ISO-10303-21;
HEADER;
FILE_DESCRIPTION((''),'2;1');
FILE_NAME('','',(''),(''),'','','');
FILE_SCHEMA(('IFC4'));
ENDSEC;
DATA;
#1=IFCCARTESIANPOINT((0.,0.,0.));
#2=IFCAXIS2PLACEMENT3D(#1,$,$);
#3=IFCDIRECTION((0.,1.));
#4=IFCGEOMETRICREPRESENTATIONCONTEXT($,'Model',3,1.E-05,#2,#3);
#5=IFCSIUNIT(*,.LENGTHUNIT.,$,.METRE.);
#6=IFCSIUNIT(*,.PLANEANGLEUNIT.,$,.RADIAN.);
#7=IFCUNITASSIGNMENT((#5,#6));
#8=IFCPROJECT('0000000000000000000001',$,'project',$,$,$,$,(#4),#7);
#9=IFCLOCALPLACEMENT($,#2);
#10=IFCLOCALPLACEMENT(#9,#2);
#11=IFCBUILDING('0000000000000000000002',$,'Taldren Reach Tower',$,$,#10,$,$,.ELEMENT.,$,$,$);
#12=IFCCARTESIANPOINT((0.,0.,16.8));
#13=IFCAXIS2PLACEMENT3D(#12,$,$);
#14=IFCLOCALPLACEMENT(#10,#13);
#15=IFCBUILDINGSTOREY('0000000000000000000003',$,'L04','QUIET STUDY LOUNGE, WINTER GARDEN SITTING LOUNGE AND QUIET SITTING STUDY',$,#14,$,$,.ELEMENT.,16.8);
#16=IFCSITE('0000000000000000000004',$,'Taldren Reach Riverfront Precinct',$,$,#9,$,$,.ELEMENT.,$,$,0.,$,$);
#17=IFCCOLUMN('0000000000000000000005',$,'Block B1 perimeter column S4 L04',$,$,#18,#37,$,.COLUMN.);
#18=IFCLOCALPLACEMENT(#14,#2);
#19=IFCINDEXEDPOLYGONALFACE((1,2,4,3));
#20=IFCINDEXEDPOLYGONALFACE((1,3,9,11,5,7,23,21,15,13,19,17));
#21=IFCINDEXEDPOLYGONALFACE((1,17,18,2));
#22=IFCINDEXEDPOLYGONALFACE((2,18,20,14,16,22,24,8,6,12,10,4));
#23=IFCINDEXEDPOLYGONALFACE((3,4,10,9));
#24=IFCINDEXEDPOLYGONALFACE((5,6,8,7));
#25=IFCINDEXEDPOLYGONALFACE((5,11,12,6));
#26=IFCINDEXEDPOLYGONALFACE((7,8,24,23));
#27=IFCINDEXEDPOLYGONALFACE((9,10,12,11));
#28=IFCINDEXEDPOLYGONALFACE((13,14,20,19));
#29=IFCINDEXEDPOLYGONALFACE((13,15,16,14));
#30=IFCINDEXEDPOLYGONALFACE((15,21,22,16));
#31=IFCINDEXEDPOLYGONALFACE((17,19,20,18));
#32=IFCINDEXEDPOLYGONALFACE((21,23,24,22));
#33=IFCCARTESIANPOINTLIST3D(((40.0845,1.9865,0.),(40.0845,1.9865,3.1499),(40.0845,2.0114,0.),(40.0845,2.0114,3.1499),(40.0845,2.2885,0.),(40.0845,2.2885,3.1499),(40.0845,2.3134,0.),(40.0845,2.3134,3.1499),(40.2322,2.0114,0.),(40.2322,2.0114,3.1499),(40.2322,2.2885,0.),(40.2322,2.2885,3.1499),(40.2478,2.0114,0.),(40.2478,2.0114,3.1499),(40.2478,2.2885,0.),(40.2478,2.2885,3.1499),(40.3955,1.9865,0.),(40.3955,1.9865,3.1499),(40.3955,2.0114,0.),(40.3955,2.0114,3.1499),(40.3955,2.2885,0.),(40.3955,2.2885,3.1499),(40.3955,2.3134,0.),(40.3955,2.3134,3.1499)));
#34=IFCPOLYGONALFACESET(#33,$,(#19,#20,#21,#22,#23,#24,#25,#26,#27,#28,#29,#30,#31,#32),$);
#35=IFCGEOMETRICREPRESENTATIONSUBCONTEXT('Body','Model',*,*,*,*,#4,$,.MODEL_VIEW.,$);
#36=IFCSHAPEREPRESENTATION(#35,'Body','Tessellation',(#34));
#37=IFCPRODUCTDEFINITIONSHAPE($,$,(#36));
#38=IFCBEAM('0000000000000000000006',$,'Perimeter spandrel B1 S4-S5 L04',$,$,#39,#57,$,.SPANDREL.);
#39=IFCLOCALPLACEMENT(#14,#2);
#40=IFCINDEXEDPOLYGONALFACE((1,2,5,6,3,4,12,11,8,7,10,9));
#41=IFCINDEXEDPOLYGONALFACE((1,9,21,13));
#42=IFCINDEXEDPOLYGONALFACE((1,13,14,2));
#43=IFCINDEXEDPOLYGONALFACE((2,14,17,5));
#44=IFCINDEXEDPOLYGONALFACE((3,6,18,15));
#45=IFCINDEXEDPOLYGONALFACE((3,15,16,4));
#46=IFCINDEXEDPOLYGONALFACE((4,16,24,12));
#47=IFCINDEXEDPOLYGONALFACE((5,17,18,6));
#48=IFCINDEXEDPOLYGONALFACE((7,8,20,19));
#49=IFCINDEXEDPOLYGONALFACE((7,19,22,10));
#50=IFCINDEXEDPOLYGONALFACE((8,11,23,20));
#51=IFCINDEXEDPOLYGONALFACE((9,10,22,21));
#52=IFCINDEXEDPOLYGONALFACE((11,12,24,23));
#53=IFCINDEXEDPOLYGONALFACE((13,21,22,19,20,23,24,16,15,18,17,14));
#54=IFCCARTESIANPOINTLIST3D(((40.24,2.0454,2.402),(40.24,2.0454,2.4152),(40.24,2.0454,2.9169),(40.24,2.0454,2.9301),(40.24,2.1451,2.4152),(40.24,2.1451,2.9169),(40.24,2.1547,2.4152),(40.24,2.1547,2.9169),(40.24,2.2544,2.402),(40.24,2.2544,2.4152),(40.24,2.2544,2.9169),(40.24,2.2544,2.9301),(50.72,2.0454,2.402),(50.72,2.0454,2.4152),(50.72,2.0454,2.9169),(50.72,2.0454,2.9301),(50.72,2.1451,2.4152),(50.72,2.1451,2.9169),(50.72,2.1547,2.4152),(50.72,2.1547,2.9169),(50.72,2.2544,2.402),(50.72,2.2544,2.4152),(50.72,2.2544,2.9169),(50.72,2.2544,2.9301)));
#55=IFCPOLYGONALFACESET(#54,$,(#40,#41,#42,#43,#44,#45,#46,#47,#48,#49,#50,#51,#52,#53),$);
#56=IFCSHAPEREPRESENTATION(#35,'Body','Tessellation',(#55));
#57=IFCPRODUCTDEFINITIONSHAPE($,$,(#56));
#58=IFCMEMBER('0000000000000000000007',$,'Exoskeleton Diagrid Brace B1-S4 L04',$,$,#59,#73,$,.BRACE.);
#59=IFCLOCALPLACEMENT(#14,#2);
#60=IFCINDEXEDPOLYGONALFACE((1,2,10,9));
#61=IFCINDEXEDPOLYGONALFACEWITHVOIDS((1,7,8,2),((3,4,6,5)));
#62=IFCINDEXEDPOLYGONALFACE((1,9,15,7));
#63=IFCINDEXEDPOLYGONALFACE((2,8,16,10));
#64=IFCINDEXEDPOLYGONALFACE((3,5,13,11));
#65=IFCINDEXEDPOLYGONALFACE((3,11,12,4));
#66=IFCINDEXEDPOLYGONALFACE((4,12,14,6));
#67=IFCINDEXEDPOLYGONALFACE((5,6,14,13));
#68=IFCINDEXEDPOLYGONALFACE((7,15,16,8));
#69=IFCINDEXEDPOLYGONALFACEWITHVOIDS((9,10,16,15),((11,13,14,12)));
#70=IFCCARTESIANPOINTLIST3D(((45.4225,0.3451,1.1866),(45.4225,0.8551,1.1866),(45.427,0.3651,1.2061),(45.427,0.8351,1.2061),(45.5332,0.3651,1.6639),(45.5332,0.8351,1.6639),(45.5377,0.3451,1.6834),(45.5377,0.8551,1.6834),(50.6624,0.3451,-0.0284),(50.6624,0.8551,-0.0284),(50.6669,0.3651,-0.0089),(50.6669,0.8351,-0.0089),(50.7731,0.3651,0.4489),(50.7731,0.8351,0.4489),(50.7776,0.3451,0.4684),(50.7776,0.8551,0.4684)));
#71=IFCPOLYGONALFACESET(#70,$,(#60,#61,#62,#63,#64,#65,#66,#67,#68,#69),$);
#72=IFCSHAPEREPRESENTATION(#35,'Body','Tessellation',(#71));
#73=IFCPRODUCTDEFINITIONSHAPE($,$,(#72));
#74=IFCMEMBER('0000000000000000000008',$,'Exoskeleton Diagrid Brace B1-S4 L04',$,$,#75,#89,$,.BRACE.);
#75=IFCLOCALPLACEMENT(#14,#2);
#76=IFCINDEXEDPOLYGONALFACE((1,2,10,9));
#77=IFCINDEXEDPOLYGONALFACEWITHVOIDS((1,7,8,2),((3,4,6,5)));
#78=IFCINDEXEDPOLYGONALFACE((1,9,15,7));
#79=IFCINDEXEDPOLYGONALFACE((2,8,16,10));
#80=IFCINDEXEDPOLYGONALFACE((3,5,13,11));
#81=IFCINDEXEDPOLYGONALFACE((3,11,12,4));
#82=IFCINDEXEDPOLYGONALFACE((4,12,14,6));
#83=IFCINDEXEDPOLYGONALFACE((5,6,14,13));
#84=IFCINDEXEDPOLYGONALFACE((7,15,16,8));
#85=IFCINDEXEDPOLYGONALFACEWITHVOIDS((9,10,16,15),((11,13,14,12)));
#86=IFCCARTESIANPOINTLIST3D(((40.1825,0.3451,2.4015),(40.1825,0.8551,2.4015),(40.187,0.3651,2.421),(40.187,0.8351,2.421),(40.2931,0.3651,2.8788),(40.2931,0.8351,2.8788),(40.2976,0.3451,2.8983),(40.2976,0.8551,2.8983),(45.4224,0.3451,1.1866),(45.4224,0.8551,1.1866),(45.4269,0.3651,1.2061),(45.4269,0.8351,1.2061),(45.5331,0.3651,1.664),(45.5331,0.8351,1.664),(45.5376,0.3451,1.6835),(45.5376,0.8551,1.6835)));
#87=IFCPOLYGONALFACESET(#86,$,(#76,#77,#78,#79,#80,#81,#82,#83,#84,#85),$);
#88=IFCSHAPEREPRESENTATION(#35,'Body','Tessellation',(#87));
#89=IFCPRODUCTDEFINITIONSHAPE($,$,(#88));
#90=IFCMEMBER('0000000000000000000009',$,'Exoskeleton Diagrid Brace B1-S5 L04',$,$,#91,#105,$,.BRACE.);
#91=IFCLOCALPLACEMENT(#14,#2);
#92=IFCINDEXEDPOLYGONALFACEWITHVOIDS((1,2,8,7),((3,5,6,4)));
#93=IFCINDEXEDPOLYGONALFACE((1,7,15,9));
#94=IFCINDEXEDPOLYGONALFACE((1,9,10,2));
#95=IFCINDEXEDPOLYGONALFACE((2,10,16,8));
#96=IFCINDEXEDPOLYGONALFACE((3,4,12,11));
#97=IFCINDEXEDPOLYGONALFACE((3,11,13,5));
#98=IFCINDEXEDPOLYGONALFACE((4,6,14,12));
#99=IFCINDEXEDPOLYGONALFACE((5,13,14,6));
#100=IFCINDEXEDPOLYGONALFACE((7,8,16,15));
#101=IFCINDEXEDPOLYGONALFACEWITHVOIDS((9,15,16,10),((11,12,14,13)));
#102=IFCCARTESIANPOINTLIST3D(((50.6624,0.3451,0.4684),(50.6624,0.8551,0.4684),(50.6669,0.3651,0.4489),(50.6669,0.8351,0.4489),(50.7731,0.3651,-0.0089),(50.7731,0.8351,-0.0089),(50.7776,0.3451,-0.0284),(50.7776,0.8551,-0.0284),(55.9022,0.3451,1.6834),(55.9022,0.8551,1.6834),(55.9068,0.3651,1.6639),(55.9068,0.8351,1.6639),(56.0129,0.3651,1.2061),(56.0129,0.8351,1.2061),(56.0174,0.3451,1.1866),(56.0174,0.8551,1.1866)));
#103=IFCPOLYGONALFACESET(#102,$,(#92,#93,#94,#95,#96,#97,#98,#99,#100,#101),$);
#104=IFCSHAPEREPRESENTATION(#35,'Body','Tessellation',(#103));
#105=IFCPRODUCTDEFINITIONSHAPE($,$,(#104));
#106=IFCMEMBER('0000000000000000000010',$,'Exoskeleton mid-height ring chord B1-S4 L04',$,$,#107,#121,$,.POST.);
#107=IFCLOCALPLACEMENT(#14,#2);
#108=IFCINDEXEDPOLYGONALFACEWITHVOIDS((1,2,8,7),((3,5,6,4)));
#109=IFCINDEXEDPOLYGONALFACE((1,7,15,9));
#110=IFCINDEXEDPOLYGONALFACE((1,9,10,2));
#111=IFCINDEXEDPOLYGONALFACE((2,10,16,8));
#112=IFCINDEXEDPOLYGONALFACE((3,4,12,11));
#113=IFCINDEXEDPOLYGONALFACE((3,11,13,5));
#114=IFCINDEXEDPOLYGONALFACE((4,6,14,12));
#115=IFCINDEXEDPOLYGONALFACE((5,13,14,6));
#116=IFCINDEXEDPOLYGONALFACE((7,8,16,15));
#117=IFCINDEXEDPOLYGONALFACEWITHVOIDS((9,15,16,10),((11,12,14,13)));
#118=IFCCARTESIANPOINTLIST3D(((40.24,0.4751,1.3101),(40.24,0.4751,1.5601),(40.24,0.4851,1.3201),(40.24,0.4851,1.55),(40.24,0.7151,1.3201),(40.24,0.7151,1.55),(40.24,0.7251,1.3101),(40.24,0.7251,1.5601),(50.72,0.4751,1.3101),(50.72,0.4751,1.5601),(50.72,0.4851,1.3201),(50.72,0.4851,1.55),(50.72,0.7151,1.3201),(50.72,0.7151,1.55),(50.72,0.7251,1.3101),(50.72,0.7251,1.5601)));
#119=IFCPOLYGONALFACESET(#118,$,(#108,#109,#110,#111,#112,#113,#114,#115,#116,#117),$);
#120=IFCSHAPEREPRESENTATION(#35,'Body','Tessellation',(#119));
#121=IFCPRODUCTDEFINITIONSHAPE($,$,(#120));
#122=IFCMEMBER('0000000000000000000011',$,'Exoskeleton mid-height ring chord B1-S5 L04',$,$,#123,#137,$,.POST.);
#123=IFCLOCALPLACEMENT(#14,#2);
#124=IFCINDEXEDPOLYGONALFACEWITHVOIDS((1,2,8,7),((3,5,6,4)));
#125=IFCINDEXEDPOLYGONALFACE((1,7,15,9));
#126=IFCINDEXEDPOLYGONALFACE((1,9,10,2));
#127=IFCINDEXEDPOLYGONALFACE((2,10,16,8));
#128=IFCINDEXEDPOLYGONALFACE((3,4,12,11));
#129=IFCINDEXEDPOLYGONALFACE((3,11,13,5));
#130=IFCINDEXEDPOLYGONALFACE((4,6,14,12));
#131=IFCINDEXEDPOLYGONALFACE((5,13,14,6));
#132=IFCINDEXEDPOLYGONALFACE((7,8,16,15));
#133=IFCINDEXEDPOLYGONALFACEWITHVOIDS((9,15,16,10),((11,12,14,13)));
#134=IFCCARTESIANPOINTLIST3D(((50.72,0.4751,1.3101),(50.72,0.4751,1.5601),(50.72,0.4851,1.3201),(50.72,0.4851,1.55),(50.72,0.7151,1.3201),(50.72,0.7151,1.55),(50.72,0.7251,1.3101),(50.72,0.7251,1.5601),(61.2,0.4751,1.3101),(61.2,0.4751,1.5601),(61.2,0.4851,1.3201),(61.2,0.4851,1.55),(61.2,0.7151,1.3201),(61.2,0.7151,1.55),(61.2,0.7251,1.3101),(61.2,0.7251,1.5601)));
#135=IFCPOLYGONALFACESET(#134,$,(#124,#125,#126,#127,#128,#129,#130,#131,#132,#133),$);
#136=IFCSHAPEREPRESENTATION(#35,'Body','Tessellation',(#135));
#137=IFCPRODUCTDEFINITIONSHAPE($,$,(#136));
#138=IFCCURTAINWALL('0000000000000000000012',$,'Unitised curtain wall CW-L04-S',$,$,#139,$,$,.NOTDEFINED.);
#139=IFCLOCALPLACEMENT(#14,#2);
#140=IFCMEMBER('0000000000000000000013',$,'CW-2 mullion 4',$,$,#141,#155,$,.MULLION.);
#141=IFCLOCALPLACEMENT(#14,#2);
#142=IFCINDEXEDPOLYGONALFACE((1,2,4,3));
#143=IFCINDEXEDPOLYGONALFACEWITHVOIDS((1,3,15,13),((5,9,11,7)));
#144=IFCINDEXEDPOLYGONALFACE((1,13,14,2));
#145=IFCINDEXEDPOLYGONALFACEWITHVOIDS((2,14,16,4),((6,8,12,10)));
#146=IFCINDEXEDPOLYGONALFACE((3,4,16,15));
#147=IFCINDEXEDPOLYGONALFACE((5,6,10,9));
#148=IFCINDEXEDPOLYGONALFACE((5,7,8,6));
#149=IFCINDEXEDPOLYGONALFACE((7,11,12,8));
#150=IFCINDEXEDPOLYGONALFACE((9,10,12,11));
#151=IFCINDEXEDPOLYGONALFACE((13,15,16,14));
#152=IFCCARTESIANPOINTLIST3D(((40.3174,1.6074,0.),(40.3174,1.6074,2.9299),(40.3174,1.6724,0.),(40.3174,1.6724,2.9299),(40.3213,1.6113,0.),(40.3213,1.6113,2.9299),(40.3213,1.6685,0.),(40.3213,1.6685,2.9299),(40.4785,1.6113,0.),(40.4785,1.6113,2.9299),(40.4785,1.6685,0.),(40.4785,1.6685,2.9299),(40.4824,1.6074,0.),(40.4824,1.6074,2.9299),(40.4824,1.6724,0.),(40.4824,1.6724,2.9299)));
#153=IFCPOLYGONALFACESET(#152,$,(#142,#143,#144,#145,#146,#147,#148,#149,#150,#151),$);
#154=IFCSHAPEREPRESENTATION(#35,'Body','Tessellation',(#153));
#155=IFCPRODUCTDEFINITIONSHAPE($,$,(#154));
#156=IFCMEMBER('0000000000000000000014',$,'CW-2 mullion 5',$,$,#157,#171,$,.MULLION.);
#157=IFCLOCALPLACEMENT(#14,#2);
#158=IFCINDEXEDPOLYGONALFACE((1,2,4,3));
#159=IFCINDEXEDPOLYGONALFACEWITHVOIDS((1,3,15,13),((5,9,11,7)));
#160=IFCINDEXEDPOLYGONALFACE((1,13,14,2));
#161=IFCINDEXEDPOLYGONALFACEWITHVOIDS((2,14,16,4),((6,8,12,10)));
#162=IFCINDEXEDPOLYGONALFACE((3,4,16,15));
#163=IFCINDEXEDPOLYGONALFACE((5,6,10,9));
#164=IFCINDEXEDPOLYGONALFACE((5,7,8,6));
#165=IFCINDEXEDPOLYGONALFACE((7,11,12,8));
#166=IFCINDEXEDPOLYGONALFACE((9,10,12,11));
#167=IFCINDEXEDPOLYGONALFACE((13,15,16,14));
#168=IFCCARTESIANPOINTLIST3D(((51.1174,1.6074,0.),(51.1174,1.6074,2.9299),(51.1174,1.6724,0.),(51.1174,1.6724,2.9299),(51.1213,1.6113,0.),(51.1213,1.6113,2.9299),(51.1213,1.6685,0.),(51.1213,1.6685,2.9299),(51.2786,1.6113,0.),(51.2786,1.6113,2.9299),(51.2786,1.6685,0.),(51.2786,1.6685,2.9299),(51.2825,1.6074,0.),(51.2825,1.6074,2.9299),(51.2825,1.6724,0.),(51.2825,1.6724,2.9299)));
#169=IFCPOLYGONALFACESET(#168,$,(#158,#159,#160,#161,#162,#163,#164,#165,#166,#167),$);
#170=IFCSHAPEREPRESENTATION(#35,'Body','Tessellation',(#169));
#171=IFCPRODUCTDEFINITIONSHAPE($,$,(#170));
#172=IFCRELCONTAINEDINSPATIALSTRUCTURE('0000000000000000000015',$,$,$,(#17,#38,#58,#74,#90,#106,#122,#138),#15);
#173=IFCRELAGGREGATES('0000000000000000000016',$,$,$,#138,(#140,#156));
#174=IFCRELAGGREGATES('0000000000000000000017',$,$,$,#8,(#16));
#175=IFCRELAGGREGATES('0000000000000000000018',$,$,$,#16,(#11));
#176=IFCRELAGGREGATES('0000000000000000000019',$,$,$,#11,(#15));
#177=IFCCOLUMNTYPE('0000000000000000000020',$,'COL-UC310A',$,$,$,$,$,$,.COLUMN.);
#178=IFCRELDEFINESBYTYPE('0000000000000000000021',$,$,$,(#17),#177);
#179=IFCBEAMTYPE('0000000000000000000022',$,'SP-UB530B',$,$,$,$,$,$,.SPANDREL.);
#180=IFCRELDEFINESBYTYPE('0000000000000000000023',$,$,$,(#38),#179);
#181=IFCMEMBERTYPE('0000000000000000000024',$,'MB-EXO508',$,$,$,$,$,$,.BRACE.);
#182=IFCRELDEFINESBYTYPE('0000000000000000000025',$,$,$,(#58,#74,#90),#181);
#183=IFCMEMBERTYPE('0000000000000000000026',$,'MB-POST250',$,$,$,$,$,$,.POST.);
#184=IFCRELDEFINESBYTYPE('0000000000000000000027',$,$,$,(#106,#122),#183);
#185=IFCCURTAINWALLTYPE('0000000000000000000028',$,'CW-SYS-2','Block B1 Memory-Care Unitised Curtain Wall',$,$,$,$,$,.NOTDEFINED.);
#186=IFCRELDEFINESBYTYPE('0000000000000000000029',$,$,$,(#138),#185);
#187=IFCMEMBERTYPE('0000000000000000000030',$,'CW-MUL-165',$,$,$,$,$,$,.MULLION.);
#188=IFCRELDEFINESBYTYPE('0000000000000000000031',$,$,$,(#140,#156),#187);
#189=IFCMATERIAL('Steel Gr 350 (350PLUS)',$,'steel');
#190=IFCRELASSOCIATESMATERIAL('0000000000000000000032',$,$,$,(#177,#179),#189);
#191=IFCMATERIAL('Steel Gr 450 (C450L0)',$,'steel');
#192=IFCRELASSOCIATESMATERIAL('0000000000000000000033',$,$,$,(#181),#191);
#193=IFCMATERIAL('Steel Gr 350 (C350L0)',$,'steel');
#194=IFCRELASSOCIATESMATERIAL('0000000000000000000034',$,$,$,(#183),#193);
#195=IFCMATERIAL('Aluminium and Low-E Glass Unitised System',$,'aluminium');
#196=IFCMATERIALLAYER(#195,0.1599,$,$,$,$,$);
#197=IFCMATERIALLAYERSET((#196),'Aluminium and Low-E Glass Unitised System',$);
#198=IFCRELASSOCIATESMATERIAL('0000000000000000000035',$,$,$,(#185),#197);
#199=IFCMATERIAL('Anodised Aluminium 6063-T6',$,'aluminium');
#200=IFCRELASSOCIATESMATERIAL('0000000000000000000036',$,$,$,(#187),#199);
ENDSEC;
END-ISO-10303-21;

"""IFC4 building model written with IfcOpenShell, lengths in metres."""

from ifc_helpers import new_model, si_unit, direction, frame, origin, origin_2d, place, context, subcontext, project, spatial, hollow_rectangle, i_section, extrude, source, transform, mapped, material, layer, layer_set, material_profile, profile_set, type_object, element, aggregate, save


model = new_model("IFC4")

# Units and contexts
model_context = context("Model", 3, precision=1e-05, world=origin(), true_north=direction((0.0, 1.0)))
body_context = subcontext(model_context, "Body", "Model", "MODEL_VIEW")
ifc_project = project(units=[si_unit("LENGTHUNIT", "METRE"), si_unit("PLANEANGLEUNIT", "RADIAN")], contexts=[model_context])

# Site, building, storey
site_placement = place(None, origin())
site = spatial("IfcSite", under=ifc_project, at=site_placement, Name="Taldren Reach Riverfront Precinct", CompositionType="ELEMENT", RefElevation=0.0)
building_placement = place(site_placement, origin())
building = spatial("IfcBuilding", under=site, at=building_placement, Name="Taldren Reach Tower", CompositionType="ELEMENT")
storey_placement = place(building_placement, frame((0.0, 0.0, 16.8)))
storey = spatial("IfcBuildingStorey", under=building, at=storey_placement, Name="L04", Description="QUIET STUDY LOUNGE, WINTER GARDEN SITTING LOUNGE AND QUIET SITTING STUDY", CompositionType="ELEMENT", Elevation=16.8)

# Column
ifc_material_1 = material(Name="Steel Gr 350 (350PLUS)", Category="steel")
ifc_material_profile_1 = material_profile(ifc_material_1, i_section(OverallWidth=0.311, OverallDepth=0.3269, WebThickness=0.0156, FlangeThickness=0.0249, at=origin_2d()), Name="310UC158")
ifc_profile_set_1 = profile_set([ifc_material_profile_1], Name="Steel Gr 350 (350PLUS)")
column_type = type_object("IfcColumnType", Name="COL-UC310A", PredefinedType="COLUMN", material=ifc_profile_set_1)
shared_shape_1 = source(origin(), body_context, "Body", "SweptSolid", [
    extrude(i_section(OverallWidth=0.311, OverallDepth=0.3269, WebThickness=0.0156, FlangeThickness=0.0249, at=origin_2d()), origin(), (0.0, 0.0, 1.0), 3.1499),
])
column_placement = place(storey_placement, frame((40.24, 2.1499, 0.0), z_axis=(0.0, 0.0, 1.0), x_axis=(1.0, 0.0, 0.0)))
element("IfcColumn", 1, at=column_placement, inside=storey, type_object=column_type, Name="Block B1 perimeter column S4 L04", PredefinedType="COLUMN", context=body_context, shape_type="MappedRepresentation", body=[
    mapped(shared_shape_1, transform((0.0, 0.0, 0.0), scale=1.0)),
])

# Beam
ifc_material_profile_2 = material_profile(ifc_material_1, i_section(OverallWidth=0.209, OverallDepth=0.5281, WebThickness=0.0095, FlangeThickness=0.0132, at=origin_2d()), Name="530UB82.0")
ifc_profile_set_2 = profile_set([ifc_material_profile_2], Name="Steel Gr 350 (350PLUS)")
beam_type = type_object("IfcBeamType", Name="SP-UB530B", PredefinedType="SPANDREL", material=ifc_profile_set_2)
shared_shape_2 = source(origin(), body_context, "Body", "SweptSolid", [
    extrude(i_section(OverallWidth=0.209, OverallDepth=0.5281, WebThickness=0.0095, FlangeThickness=0.0132, at=origin_2d()), origin(), (0.0, 0.0, 1.0), 10.48),
])
beam_placement = place(storey_placement, frame((40.24, 2.1499, 2.666), z_axis=(1.0, 0.0, 0.0), x_axis=(0.0, 1.0, 0.0)))
element("IfcBeam", 2, at=beam_placement, inside=storey, type_object=beam_type, Name="Perimeter spandrel B1 S4-S5 L04", PredefinedType="SPANDREL", context=body_context, shape_type="MappedRepresentation", body=[
    mapped(shared_shape_2, transform((0.0, 0.0, 0.0), scale=1.0)),
])

# Members
ifc_material_2 = material(Name="Steel Gr 450 (C450L0)", Category="steel")
ifc_material_profile_3 = material_profile(ifc_material_2, hollow_rectangle(XDim=0.51, YDim=0.51, WallThickness=0.02, at=origin_2d()), Name="510x510x20.0SHS")
ifc_profile_set_3 = profile_set([ifc_material_profile_3], Name="Steel Gr 450 (C450L0)")
member_type_1 = type_object("IfcMemberType", Name="MB-EXO508", PredefinedType="BRACE", material=ifc_profile_set_3)
shared_shape_3 = source(origin(), body_context, "Body", "SweptSolid", [
    extrude(hollow_rectangle(XDim=0.51, YDim=0.51, WallThickness=0.02, at=origin_2d()), origin(), (0.0, 0.0, 1.0), 5.3789),
])
for number, where, z_axis, x_axis, name in (
    (3, (50.72, 0.6001, 0.22), (-0.974152, 0.0, 0.225894), (0.0, -1.0, 0.0), "Exoskeleton Diagrid Brace B1-S4 L04"),
    (4, (45.48, 0.6001, 1.4351), (-0.974162, 0.0, 0.225851), (0.0, -1.0, 0.0), "Exoskeleton Diagrid Brace B1-S4 L04"),
    (5, (50.72, 0.6001, 0.22), (0.974152, 0.0, 0.225894), (0.0, 1.0, 0.0), "Exoskeleton Diagrid Brace B1-S5 L04"),
):
    element("IfcMember", number, at=place(storey_placement, frame(where, z_axis=z_axis, x_axis=x_axis)), inside=storey, type_object=member_type_1, Name=name, PredefinedType="BRACE", context=body_context, shape_type="MappedRepresentation", body=[
        mapped(shared_shape_3, transform((0.0, 0.0, 0.0), scale=1.0)),
    ])
ifc_material_3 = material(Name="Steel Gr 350 (C350L0)", Category="steel")
ifc_material_profile_4 = material_profile(ifc_material_3, hollow_rectangle(XDim=0.25, YDim=0.25, WallThickness=0.01, at=origin_2d()), Name="250x250x10.0SHS")
ifc_profile_set_4 = profile_set([ifc_material_profile_4], Name="Steel Gr 350 (C350L0)")
member_type_2 = type_object("IfcMemberType", Name="MB-POST250", PredefinedType="POST", material=ifc_profile_set_4)
shared_shape_4 = source(origin(), body_context, "Body", "SweptSolid", [
    extrude(hollow_rectangle(XDim=0.25, YDim=0.25, WallThickness=0.01, at=origin_2d()), origin(), (0.0, 0.0, 1.0), 10.48),
])
for number, where, z_axis, x_axis, name in (
    (6, (40.24, 0.6001, 1.4351), (1.0, 0.0, 0.0), (0.0, 1.0, 0.0), "Exoskeleton mid-height ring chord B1-S4 L04"),
    (7, (50.72, 0.6001, 1.4351), (1.0, 0.0, 0.0), (0.0, 1.0, 0.0), "Exoskeleton mid-height ring chord B1-S5 L04"),
):
    element("IfcMember", number, at=place(storey_placement, frame(where, z_axis=z_axis, x_axis=x_axis)), inside=storey, type_object=member_type_2, Name=name, PredefinedType="POST", context=body_context, shape_type="MappedRepresentation", body=[
        mapped(shared_shape_4, transform((0.0, 0.0, 0.0), scale=1.0)),
    ])

# Curtain wall, members
ifc_material_4 = material(Name="Aluminium and Low-E Glass Unitised System", Category="aluminium")
ifc_layer_1 = layer(ifc_material_4, 0.1599)
ifc_layer_set_1 = layer_set([ifc_layer_1], Name="Aluminium and Low-E Glass Unitised System")
curtain_wall_type = type_object("IfcCurtainWallType", Name="CW-SYS-2", Description="Block B1 Memory-Care Unitised Curtain Wall", PredefinedType="NOTDEFINED", material=ifc_layer_set_1)
curtain_wall_placement = place(storey_placement, origin())
curtain_wall = element("IfcCurtainWall", 8, at=curtain_wall_placement, inside=storey, type_object=curtain_wall_type, Name="Unitised curtain wall CW-L04-S", PredefinedType="NOTDEFINED")
ifc_material_5 = material(Name="Anodised Aluminium 6063-T6", Category="aluminium")
ifc_material_profile_5 = material_profile(ifc_material_5, hollow_rectangle(XDim=0.0649, YDim=0.165, WallThickness=0.0039, at=origin_2d()), Name="ALU-165x65x4RHS")
ifc_profile_set_5 = profile_set([ifc_material_profile_5], Name="Anodised Aluminium 6063-T6")
member_type_3 = type_object("IfcMemberType", Name="CW-MUL-165", PredefinedType="MULLION", material=ifc_profile_set_5)
shared_shape_5 = source(origin(), body_context, "Body", "SweptSolid", [
    extrude(hollow_rectangle(XDim=0.0649, YDim=0.165, WallThickness=0.0039, at=origin_2d()), origin(), (0.0, 0.0, 1.0), 2.9299),
])
member_1_placement = place(storey_placement, frame((40.3999, 1.6399, 0.0), z_axis=(0.0, 0.0, 1.0), x_axis=(0.0, 1.0, 0.0)))
member_1 = element("IfcMember", 9, at=member_1_placement, type_object=member_type_3, Name="CW-2 mullion 4", PredefinedType="MULLION", context=body_context, shape_type="MappedRepresentation", body=[
    mapped(shared_shape_5, transform((0.0, 0.0, 0.0), scale=1.0)),
])
member_2_placement = place(storey_placement, frame((51.2, 1.6399, 0.0), z_axis=(0.0, 0.0, 1.0), x_axis=(0.0, 1.0, 0.0)))
member_2 = element("IfcMember", 10, at=member_2_placement, type_object=member_type_3, Name="CW-2 mullion 5", PredefinedType="MULLION", context=body_context, shape_type="MappedRepresentation", body=[
    mapped(shared_shape_5, transform((0.0, 0.0, 0.0), scale=1.0)),
])

aggregate(curtain_wall, [member_1, member_2])

save(model, "model.ifc")
